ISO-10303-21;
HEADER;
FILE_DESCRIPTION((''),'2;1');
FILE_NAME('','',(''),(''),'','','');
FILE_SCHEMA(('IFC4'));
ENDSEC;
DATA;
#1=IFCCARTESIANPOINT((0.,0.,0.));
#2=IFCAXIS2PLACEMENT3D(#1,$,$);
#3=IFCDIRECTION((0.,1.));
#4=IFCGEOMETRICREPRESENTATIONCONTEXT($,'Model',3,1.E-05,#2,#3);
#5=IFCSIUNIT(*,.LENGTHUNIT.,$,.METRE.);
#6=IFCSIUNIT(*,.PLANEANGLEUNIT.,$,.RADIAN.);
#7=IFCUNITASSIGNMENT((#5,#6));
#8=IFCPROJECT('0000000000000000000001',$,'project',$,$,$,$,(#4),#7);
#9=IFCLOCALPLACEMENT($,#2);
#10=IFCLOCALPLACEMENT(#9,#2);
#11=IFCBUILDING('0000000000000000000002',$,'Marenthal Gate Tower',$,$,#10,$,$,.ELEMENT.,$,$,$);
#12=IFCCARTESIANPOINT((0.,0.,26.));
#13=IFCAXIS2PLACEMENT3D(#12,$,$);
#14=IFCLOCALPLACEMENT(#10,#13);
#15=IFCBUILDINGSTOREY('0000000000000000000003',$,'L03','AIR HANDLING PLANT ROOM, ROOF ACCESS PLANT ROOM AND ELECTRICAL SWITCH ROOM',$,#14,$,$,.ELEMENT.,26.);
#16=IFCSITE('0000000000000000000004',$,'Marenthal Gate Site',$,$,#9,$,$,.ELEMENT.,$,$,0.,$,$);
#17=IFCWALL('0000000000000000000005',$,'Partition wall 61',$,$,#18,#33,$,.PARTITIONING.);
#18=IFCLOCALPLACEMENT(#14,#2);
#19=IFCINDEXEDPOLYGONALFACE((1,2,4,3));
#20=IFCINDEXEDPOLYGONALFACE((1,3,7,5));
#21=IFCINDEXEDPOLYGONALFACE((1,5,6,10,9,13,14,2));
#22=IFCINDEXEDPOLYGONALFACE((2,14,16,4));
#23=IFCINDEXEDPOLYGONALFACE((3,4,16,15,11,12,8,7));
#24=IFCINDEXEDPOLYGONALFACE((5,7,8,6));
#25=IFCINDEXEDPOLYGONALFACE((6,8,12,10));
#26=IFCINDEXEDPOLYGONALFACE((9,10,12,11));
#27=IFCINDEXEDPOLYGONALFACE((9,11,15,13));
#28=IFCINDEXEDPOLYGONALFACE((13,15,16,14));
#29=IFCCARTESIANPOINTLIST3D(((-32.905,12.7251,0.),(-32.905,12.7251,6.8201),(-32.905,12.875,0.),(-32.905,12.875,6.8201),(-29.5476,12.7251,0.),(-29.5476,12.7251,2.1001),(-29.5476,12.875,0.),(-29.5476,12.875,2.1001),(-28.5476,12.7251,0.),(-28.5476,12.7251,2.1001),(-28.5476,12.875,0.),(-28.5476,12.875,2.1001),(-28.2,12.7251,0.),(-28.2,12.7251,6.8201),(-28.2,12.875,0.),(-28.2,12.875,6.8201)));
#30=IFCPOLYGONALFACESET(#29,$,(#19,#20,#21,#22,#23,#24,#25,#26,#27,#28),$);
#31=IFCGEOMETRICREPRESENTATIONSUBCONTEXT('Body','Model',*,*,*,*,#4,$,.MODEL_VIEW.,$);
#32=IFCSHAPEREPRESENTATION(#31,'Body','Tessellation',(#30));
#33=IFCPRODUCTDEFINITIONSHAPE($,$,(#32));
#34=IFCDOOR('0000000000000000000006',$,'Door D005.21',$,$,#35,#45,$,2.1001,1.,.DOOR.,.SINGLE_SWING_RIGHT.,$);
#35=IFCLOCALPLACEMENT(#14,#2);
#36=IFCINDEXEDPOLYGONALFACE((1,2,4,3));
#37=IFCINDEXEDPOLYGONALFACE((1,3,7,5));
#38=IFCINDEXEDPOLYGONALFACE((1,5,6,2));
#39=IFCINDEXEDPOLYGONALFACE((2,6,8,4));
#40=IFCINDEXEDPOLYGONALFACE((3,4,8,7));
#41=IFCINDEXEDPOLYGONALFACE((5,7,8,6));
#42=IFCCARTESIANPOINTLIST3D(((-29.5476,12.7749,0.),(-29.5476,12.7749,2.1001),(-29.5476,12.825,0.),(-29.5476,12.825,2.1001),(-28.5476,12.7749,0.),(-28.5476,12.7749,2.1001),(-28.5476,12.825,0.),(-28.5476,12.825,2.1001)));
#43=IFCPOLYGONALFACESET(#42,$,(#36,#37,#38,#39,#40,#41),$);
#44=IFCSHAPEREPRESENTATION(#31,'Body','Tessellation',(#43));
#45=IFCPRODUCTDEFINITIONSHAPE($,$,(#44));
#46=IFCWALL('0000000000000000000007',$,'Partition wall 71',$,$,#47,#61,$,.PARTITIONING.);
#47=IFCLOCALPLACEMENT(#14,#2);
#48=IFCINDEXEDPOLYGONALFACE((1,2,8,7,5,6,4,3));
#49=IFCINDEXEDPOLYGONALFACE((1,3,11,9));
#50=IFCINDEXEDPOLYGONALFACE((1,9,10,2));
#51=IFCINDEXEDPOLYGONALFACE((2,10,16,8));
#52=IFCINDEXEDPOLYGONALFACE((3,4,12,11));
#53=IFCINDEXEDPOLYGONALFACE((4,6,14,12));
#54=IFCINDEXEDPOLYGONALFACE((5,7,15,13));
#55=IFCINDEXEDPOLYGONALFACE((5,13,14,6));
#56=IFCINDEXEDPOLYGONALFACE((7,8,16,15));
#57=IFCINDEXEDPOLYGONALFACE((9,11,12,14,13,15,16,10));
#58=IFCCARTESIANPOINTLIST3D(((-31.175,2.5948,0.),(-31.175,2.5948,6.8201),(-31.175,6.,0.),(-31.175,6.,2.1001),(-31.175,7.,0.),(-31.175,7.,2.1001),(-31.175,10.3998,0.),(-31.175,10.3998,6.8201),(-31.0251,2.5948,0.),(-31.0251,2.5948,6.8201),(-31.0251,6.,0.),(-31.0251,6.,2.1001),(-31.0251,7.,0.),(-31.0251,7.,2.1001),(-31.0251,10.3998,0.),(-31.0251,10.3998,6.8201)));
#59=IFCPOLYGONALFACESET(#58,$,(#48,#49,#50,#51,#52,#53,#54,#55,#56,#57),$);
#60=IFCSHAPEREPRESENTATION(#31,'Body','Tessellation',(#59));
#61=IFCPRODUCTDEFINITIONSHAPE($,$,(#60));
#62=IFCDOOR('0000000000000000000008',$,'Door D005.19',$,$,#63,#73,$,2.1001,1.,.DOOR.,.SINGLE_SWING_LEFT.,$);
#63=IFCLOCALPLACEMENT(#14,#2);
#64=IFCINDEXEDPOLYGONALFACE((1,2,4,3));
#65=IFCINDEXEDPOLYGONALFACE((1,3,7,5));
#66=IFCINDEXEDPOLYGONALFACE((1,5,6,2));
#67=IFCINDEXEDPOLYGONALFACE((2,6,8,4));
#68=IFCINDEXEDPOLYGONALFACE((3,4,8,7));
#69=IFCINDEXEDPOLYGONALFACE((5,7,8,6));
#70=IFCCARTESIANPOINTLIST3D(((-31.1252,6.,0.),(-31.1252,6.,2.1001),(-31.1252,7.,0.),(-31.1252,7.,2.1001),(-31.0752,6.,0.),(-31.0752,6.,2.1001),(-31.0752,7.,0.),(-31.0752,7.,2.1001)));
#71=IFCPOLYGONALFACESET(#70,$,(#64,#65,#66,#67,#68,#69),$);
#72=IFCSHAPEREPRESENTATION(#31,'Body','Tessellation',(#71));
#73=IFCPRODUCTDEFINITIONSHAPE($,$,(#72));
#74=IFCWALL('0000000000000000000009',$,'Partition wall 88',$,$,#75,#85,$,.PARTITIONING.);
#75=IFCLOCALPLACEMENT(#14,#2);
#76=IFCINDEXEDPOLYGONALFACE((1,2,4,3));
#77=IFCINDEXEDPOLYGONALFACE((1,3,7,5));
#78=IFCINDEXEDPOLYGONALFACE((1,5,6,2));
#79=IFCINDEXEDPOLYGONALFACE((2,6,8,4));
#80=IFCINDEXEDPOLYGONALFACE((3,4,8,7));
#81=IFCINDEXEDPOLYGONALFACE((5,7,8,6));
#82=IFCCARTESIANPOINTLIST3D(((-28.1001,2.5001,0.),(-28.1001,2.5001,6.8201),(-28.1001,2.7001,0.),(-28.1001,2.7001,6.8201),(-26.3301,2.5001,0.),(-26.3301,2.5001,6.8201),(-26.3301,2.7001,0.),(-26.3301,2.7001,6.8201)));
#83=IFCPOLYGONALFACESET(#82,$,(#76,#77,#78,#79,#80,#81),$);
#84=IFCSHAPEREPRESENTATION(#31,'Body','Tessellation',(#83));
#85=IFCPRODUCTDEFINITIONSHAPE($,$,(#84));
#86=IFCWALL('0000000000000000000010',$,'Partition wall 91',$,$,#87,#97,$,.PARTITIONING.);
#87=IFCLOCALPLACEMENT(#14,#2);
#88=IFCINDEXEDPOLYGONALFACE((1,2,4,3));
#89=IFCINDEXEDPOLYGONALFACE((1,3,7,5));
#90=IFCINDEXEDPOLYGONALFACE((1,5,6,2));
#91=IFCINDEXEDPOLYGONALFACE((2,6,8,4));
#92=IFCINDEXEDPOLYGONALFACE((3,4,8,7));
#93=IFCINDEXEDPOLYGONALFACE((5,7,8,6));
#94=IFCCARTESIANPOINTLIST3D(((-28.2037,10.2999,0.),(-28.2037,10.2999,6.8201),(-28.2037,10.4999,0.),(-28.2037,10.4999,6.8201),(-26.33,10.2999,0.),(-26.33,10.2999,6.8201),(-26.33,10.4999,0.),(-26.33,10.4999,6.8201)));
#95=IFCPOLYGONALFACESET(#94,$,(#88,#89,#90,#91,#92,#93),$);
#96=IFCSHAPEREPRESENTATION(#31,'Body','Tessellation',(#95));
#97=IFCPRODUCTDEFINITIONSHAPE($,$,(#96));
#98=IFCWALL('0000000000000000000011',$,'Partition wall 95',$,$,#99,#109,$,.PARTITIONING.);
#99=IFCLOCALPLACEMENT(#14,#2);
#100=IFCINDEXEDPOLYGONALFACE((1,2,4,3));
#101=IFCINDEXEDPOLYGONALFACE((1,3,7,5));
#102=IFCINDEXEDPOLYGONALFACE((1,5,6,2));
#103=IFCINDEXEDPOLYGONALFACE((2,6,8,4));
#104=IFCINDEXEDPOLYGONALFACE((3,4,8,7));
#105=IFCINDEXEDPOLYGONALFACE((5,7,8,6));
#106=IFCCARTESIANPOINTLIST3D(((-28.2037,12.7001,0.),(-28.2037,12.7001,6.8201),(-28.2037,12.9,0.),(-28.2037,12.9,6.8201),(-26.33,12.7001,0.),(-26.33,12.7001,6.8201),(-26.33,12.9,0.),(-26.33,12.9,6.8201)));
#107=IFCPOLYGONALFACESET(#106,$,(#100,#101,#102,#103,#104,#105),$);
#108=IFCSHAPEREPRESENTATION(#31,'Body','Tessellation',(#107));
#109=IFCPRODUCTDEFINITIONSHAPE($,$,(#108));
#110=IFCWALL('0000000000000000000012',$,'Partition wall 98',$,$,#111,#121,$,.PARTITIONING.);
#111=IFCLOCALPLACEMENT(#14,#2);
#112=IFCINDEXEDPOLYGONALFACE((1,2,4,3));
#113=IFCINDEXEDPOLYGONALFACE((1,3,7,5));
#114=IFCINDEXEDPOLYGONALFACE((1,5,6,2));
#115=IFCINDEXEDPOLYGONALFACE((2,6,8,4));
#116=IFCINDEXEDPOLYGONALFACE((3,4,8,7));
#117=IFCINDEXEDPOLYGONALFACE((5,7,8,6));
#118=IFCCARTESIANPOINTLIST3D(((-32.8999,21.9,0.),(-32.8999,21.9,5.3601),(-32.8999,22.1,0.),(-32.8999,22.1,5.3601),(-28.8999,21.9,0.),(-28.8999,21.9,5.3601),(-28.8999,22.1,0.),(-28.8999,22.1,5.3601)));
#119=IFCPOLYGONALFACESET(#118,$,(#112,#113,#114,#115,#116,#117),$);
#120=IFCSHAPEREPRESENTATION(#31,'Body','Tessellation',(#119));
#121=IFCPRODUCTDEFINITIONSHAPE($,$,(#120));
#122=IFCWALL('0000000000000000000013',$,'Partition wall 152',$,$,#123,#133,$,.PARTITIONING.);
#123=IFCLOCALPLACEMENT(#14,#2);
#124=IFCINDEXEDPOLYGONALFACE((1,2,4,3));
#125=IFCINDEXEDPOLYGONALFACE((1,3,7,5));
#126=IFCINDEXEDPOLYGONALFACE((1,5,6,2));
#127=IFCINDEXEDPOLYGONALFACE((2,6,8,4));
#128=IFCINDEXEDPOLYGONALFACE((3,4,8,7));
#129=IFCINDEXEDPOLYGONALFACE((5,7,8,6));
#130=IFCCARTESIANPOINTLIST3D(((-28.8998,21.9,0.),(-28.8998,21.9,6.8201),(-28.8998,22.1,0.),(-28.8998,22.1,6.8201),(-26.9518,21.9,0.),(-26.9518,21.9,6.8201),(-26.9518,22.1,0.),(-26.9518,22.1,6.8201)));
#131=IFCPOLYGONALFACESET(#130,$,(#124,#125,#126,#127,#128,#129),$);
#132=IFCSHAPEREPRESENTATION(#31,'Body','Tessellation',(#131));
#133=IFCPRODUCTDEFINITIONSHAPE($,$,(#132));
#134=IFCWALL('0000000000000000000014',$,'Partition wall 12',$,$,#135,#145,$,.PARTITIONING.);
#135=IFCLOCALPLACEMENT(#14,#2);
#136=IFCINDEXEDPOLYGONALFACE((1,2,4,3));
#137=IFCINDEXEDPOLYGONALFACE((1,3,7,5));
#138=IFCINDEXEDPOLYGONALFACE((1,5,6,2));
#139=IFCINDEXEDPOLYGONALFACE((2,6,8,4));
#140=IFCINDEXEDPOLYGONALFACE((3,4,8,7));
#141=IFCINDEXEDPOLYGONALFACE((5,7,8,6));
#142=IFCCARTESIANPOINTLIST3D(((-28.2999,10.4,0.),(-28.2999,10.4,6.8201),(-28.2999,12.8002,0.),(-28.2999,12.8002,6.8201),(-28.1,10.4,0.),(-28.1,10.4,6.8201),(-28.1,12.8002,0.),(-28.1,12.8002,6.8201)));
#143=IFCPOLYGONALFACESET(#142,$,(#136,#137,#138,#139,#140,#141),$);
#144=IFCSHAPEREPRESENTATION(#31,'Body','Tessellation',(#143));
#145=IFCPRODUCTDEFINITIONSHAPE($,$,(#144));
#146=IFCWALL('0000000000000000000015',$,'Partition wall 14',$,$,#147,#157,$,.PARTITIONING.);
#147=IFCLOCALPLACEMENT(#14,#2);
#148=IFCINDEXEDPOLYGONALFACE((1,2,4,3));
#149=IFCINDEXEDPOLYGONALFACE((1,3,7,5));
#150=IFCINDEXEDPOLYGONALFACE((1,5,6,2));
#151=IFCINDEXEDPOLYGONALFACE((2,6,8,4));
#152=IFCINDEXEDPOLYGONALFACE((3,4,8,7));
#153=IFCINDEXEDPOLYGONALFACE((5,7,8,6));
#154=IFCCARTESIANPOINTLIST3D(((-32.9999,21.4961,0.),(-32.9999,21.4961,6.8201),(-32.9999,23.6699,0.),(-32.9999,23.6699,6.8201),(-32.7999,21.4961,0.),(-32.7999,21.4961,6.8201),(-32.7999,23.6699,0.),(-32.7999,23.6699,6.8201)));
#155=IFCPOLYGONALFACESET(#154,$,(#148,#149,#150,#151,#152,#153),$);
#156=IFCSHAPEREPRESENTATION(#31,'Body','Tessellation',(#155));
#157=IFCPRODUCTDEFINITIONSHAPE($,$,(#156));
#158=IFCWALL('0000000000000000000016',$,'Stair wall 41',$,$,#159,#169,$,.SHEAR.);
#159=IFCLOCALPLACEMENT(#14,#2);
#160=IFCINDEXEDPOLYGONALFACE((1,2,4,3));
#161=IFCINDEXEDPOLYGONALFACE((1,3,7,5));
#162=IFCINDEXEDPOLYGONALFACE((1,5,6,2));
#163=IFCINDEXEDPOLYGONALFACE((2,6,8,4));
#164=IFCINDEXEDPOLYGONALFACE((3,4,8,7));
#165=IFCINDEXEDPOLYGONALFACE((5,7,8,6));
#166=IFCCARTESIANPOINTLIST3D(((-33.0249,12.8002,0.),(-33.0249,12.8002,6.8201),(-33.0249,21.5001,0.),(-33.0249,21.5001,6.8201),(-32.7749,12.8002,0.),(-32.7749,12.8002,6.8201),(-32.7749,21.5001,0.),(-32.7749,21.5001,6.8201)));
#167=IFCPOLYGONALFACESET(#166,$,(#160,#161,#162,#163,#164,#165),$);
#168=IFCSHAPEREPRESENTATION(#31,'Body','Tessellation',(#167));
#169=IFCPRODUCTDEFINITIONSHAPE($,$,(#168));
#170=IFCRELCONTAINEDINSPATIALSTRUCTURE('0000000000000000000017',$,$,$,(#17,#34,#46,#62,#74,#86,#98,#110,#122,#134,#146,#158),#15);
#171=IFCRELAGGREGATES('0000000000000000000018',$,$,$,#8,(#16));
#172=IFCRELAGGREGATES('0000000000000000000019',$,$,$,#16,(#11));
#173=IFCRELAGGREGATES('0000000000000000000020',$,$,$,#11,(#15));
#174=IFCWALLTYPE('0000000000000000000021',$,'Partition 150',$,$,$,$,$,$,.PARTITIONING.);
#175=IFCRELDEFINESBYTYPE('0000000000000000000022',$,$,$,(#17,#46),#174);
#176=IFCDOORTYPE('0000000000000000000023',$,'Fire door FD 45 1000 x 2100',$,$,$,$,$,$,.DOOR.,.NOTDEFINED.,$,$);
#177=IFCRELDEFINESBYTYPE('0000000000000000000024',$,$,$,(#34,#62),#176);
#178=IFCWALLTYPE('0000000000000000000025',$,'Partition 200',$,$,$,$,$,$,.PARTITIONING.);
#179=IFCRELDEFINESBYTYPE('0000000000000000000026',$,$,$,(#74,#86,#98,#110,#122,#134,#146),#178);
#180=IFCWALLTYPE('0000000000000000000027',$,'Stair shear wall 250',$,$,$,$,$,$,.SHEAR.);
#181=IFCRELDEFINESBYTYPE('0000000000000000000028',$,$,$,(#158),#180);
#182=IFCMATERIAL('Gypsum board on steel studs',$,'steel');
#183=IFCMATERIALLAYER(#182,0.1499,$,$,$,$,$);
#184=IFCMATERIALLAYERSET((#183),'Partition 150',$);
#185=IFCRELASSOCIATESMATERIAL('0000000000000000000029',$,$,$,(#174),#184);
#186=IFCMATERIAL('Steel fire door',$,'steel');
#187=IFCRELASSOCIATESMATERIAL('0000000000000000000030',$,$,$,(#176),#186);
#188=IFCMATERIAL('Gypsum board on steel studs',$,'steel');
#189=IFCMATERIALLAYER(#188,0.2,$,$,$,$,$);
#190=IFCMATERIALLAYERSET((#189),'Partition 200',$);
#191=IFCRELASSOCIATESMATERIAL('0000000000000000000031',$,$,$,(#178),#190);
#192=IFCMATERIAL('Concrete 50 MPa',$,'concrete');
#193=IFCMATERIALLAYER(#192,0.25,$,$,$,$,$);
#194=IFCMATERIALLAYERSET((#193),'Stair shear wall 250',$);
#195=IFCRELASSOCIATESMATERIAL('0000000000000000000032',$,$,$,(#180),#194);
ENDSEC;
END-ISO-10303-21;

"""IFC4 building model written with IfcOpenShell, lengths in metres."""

from ifc_helpers import new_model, si_unit, direction, frame, frame_2d, origin, place, context, subcontext, project, spatial, rectangle, extrude, material, layer, layer_set, type_object, element, fill, save


model = new_model("IFC4")

# Units and contexts
model_context = context("Model", 3, precision=1e-05, world=origin(), true_north=direction((0.0, 1.0)))
body_context = subcontext(model_context, "Body", "Model", "MODEL_VIEW")
ifc_project = project(units=[si_unit("LENGTHUNIT", "METRE"), si_unit("PLANEANGLEUNIT", "RADIAN")], contexts=[model_context])

# Site, building, storey
site_placement = place(None, origin())
site = spatial("IfcSite", under=ifc_project, at=site_placement, Name="Marenthal Gate Site", CompositionType="ELEMENT", RefElevation=0.0)
building_placement = place(site_placement, origin())
building = spatial("IfcBuilding", under=site, at=building_placement, Name="Marenthal Gate Tower", CompositionType="ELEMENT")
storey_placement = place(building_placement, frame((0.0, 0.0, 26.0)))
storey = spatial("IfcBuildingStorey", under=building, at=storey_placement, Name="L03", Description="AIR HANDLING PLANT ROOM, ROOF ACCESS PLANT ROOM AND ELECTRICAL SWITCH ROOM", CompositionType="ELEMENT", Elevation=26.0)

# Shared definitions
ifc_material_1 = material(Name="Gypsum board on steel studs", Category="steel")
ifc_layer_1 = layer(ifc_material_1, 0.1499)
ifc_layer_set_1 = layer_set([ifc_layer_1], Name="Partition 150")
wall_type_1 = type_object("IfcWallType", Name="Partition 150", PredefinedType="PARTITIONING", material=ifc_layer_set_1)

# Walls, openings, doors
wall_1_placement = place(storey_placement, frame((-32.905, 12.8, 0.0), z_axis=(0.0, 0.0, 1.0), x_axis=(1.0, 0.0, 0.0)))
wall_1 = element("IfcWall", 1, at=wall_1_placement, inside=storey, type_object=wall_type_1, Name="Partition wall 61", PredefinedType="PARTITIONING", context=body_context, shape_type="SweptSolid", body=[
    extrude(rectangle(XDim=4.7051, YDim=0.1499, at=frame_2d((2.3525, 0.0))), origin(), (0.0, 0.0, 1.0), 6.8201),
])
opening_1_placement = place(wall_1_placement, frame((3.3574, 0.0, 0.0)))
opening_1 = element("IfcOpeningElement", 2, at=opening_1_placement, cuts=wall_1, PredefinedType="OPENING", context=body_context, shape_type="SweptSolid", body=[
    extrude(rectangle(XDim=1.0, YDim=2.1001, at=frame_2d((0.5, 1.05))), frame((0.0, 0.085, 0.0), z_axis=(0.0, -1.0, 0.0), x_axis=(1.0, 0.0, 0.0)), (0.0, 0.0, 1.0), 0.1699),
])
ifc_material_2 = material(Name="Steel fire door", Category="steel")
door_type = type_object("IfcDoorType", Name="Fire door FD 45 1000 x 2100", OperationType="NOTDEFINED", PredefinedType="DOOR", material=ifc_material_2)
door_1_placement = place(opening_1_placement, origin())
door_1 = element("IfcDoor", 3, at=door_1_placement, inside=storey, type_object=door_type, Name="Door D005.21", OperationType="SINGLE_SWING_RIGHT", OverallHeight=2.1001, OverallWidth=1.0, PredefinedType="DOOR", context=body_context, shape_type="SweptSolid", body=[
    extrude(rectangle(XDim=1.0, YDim=2.1001, at=frame_2d((0.5, 1.05))), frame((0.0, 0.0249, 0.0), z_axis=(0.0, -1.0, 0.0), x_axis=(1.0, 0.0, 0.0)), (0.0, 0.0, 1.0), 0.05),
])
fill(opening_1, door_1)
wall_2_placement = place(storey_placement, frame((-31.1001, 2.595, 0.0), z_axis=(0.0, 0.0, 1.0), x_axis=(0.0, 1.0, 0.0)))
wall_2 = element("IfcWall", 4, at=wall_2_placement, inside=storey, type_object=wall_type_1, Name="Partition wall 71", PredefinedType="PARTITIONING", context=body_context, shape_type="SweptSolid", body=[
    extrude(rectangle(XDim=7.8049, YDim=0.1499, at=frame_2d((3.9023, 0.0))), origin(), (0.0, 0.0, 1.0), 6.8201),
])
opening_2_placement = place(wall_2_placement, frame((3.405, 0.0, 0.0)))
opening_2 = element("IfcOpeningElement", 5, at=opening_2_placement, cuts=wall_2, PredefinedType="OPENING", context=body_context, shape_type="SweptSolid", body=[
    extrude(rectangle(XDim=1.0, YDim=2.1001, at=frame_2d((0.5, 1.05))), frame((0.0, 0.085, 0.0), z_axis=(0.0, -1.0, 0.0), x_axis=(1.0, 0.0, 0.0)), (0.0, 0.0, 1.0), 0.1699),
])
door_2_placement = place(opening_2_placement, frame((1.0, 0.0, 0.0), z_axis=(0.0, 0.0, 1.0), x_axis=(-1.0, 0.0, 0.0)))
door_2 = element("IfcDoor", 6, at=door_2_placement, inside=storey, type_object=door_type, Name="Door D005.19", OperationType="SINGLE_SWING_LEFT", OverallHeight=2.1001, OverallWidth=1.0, PredefinedType="DOOR", context=body_context, shape_type="SweptSolid", body=[
    extrude(rectangle(XDim=1.0, YDim=2.1001, at=frame_2d((0.5, 1.05))), frame((0.0, 0.0249, 0.0), z_axis=(0.0, -1.0, 0.0), x_axis=(1.0, 0.0, 0.0)), (0.0, 0.0, 1.0), 0.05),
])
fill(opening_2, door_2)

# Walls
ifc_material_3 = material(Name="Gypsum board on steel studs", Category="steel")
ifc_layer_2 = layer(ifc_material_3, 0.2)
ifc_layer_set_2 = layer_set([ifc_layer_2], Name="Partition 200")
wall_type_2 = type_object("IfcWallType", Name="Partition 200", PredefinedType="PARTITIONING", material=ifc_layer_set_2)
wall_3_placement = place(storey_placement, frame((-28.1001, 2.6001, 0.0), z_axis=(0.0, 0.0, 1.0), x_axis=(1.0, 0.0, 0.0)))
element("IfcWall", 7, at=wall_3_placement, inside=storey, type_object=wall_type_2, Name="Partition wall 88", PredefinedType="PARTITIONING", context=body_context, shape_type="SweptSolid", body=[
    extrude(rectangle(XDim=1.77, YDim=0.2, at=frame_2d((0.885, 0.0))), origin(), (0.0, 0.0, 1.0), 6.8201),
])
for number, where, z_axis, x_axis, name in (
    (8, (-28.2039, 10.3999, 0.0), (0.0, 0.0, 1.0), (1.0, 0.0, 0.0), "Partition wall 91"),
    (9, (-28.2039, 12.8, 0.0), (0.0, 0.0, 1.0), (1.0, 0.0, 0.0), "Partition wall 95"),
):
    element("IfcWall", number, at=place(storey_placement, frame(where, z_axis=z_axis, x_axis=x_axis)), inside=storey, type_object=wall_type_2, Name=name, PredefinedType="PARTITIONING", context=body_context, shape_type="SweptSolid", body=[
        extrude(rectangle(XDim=1.8738, YDim=0.2, at=frame_2d((0.937, 0.0))), origin(), (0.0, 0.0, 1.0), 6.8201),
    ])
wall_4_placement = place(storey_placement, frame((-32.8999, 22.0, 0.0), z_axis=(0.0, 0.0, 1.0), x_axis=(1.0, 0.0, 0.0)))
element("IfcWall", 10, at=wall_4_placement, inside=storey, type_object=wall_type_2, Name="Partition wall 98", PredefinedType="PARTITIONING", context=body_context, shape_type="SweptSolid", body=[
    extrude(rectangle(XDim=4.0, YDim=0.2, at=frame_2d((2.0, 0.0))), origin(), (0.0, 0.0, 1.0), 5.3601),
])
wall_5_placement = place(storey_placement, frame((-28.8999, 22.0, 0.0), z_axis=(0.0, 0.0, 1.0), x_axis=(1.0, 0.0, 0.0)))
element("IfcWall", 11, at=wall_5_placement, inside=storey, type_object=wall_type_2, Name="Partition wall 152", PredefinedType="PARTITIONING", context=body_context, shape_type="SweptSolid", body=[
    extrude(rectangle(XDim=1.948, YDim=0.2, at=frame_2d((0.9741, 0.0))), origin(), (0.0, 0.0, 1.0), 6.8201),
])
wall_6_placement = place(storey_placement, frame((-28.2, 10.3999, 0.0), z_axis=(0.0, 0.0, 1.0), x_axis=(0.0, 1.0, 0.0)))
element("IfcWall", 12, at=wall_6_placement, inside=storey, type_object=wall_type_2, Name="Partition wall 12", PredefinedType="PARTITIONING", context=body_context, shape_type="SweptSolid", body=[
    extrude(rectangle(XDim=2.4001, YDim=0.2, at=frame_2d((1.2002, 0.0))), origin(), (0.0, 0.0, 1.0), 6.8201),
])
wall_7_placement = place(storey_placement, frame((-32.8999, 21.4961, 0.0), z_axis=(0.0, 0.0, 1.0), x_axis=(0.0, 1.0, 0.0)))
element("IfcWall", 13, at=wall_7_placement, inside=storey, type_object=wall_type_2, Name="Partition wall 14", PredefinedType="PARTITIONING", context=body_context, shape_type="SweptSolid", body=[
    extrude(rectangle(XDim=2.1738, YDim=0.2, at=frame_2d((1.0869, 0.0))), origin(), (0.0, 0.0, 1.0), 6.8201),
])
ifc_material_4 = material(Name="Concrete 50 MPa", Category="concrete")
ifc_layer_3 = layer(ifc_material_4, 0.25)
ifc_layer_set_3 = layer_set([ifc_layer_3], Name="Stair shear wall 250")
wall_type_3 = type_object("IfcWallType", Name="Stair shear wall 250", PredefinedType="SHEAR", material=ifc_layer_set_3)
wall_8_placement = place(storey_placement, frame((-32.8999, 12.8, 0.0), z_axis=(0.0, 0.0, 1.0), x_axis=(0.0, 1.0, 0.0)))
element("IfcWall", 14, at=wall_8_placement, inside=storey, type_object=wall_type_3, Name="Stair wall 41", PredefinedType="SHEAR", context=body_context, shape_type="SweptSolid", body=[
    extrude(rectangle(XDim=8.7, YDim=0.25, at=frame_2d((4.3501, 0.0))), origin(), (0.0, 0.0, 1.0), 6.8201),
])

save(model, "model.ifc")
